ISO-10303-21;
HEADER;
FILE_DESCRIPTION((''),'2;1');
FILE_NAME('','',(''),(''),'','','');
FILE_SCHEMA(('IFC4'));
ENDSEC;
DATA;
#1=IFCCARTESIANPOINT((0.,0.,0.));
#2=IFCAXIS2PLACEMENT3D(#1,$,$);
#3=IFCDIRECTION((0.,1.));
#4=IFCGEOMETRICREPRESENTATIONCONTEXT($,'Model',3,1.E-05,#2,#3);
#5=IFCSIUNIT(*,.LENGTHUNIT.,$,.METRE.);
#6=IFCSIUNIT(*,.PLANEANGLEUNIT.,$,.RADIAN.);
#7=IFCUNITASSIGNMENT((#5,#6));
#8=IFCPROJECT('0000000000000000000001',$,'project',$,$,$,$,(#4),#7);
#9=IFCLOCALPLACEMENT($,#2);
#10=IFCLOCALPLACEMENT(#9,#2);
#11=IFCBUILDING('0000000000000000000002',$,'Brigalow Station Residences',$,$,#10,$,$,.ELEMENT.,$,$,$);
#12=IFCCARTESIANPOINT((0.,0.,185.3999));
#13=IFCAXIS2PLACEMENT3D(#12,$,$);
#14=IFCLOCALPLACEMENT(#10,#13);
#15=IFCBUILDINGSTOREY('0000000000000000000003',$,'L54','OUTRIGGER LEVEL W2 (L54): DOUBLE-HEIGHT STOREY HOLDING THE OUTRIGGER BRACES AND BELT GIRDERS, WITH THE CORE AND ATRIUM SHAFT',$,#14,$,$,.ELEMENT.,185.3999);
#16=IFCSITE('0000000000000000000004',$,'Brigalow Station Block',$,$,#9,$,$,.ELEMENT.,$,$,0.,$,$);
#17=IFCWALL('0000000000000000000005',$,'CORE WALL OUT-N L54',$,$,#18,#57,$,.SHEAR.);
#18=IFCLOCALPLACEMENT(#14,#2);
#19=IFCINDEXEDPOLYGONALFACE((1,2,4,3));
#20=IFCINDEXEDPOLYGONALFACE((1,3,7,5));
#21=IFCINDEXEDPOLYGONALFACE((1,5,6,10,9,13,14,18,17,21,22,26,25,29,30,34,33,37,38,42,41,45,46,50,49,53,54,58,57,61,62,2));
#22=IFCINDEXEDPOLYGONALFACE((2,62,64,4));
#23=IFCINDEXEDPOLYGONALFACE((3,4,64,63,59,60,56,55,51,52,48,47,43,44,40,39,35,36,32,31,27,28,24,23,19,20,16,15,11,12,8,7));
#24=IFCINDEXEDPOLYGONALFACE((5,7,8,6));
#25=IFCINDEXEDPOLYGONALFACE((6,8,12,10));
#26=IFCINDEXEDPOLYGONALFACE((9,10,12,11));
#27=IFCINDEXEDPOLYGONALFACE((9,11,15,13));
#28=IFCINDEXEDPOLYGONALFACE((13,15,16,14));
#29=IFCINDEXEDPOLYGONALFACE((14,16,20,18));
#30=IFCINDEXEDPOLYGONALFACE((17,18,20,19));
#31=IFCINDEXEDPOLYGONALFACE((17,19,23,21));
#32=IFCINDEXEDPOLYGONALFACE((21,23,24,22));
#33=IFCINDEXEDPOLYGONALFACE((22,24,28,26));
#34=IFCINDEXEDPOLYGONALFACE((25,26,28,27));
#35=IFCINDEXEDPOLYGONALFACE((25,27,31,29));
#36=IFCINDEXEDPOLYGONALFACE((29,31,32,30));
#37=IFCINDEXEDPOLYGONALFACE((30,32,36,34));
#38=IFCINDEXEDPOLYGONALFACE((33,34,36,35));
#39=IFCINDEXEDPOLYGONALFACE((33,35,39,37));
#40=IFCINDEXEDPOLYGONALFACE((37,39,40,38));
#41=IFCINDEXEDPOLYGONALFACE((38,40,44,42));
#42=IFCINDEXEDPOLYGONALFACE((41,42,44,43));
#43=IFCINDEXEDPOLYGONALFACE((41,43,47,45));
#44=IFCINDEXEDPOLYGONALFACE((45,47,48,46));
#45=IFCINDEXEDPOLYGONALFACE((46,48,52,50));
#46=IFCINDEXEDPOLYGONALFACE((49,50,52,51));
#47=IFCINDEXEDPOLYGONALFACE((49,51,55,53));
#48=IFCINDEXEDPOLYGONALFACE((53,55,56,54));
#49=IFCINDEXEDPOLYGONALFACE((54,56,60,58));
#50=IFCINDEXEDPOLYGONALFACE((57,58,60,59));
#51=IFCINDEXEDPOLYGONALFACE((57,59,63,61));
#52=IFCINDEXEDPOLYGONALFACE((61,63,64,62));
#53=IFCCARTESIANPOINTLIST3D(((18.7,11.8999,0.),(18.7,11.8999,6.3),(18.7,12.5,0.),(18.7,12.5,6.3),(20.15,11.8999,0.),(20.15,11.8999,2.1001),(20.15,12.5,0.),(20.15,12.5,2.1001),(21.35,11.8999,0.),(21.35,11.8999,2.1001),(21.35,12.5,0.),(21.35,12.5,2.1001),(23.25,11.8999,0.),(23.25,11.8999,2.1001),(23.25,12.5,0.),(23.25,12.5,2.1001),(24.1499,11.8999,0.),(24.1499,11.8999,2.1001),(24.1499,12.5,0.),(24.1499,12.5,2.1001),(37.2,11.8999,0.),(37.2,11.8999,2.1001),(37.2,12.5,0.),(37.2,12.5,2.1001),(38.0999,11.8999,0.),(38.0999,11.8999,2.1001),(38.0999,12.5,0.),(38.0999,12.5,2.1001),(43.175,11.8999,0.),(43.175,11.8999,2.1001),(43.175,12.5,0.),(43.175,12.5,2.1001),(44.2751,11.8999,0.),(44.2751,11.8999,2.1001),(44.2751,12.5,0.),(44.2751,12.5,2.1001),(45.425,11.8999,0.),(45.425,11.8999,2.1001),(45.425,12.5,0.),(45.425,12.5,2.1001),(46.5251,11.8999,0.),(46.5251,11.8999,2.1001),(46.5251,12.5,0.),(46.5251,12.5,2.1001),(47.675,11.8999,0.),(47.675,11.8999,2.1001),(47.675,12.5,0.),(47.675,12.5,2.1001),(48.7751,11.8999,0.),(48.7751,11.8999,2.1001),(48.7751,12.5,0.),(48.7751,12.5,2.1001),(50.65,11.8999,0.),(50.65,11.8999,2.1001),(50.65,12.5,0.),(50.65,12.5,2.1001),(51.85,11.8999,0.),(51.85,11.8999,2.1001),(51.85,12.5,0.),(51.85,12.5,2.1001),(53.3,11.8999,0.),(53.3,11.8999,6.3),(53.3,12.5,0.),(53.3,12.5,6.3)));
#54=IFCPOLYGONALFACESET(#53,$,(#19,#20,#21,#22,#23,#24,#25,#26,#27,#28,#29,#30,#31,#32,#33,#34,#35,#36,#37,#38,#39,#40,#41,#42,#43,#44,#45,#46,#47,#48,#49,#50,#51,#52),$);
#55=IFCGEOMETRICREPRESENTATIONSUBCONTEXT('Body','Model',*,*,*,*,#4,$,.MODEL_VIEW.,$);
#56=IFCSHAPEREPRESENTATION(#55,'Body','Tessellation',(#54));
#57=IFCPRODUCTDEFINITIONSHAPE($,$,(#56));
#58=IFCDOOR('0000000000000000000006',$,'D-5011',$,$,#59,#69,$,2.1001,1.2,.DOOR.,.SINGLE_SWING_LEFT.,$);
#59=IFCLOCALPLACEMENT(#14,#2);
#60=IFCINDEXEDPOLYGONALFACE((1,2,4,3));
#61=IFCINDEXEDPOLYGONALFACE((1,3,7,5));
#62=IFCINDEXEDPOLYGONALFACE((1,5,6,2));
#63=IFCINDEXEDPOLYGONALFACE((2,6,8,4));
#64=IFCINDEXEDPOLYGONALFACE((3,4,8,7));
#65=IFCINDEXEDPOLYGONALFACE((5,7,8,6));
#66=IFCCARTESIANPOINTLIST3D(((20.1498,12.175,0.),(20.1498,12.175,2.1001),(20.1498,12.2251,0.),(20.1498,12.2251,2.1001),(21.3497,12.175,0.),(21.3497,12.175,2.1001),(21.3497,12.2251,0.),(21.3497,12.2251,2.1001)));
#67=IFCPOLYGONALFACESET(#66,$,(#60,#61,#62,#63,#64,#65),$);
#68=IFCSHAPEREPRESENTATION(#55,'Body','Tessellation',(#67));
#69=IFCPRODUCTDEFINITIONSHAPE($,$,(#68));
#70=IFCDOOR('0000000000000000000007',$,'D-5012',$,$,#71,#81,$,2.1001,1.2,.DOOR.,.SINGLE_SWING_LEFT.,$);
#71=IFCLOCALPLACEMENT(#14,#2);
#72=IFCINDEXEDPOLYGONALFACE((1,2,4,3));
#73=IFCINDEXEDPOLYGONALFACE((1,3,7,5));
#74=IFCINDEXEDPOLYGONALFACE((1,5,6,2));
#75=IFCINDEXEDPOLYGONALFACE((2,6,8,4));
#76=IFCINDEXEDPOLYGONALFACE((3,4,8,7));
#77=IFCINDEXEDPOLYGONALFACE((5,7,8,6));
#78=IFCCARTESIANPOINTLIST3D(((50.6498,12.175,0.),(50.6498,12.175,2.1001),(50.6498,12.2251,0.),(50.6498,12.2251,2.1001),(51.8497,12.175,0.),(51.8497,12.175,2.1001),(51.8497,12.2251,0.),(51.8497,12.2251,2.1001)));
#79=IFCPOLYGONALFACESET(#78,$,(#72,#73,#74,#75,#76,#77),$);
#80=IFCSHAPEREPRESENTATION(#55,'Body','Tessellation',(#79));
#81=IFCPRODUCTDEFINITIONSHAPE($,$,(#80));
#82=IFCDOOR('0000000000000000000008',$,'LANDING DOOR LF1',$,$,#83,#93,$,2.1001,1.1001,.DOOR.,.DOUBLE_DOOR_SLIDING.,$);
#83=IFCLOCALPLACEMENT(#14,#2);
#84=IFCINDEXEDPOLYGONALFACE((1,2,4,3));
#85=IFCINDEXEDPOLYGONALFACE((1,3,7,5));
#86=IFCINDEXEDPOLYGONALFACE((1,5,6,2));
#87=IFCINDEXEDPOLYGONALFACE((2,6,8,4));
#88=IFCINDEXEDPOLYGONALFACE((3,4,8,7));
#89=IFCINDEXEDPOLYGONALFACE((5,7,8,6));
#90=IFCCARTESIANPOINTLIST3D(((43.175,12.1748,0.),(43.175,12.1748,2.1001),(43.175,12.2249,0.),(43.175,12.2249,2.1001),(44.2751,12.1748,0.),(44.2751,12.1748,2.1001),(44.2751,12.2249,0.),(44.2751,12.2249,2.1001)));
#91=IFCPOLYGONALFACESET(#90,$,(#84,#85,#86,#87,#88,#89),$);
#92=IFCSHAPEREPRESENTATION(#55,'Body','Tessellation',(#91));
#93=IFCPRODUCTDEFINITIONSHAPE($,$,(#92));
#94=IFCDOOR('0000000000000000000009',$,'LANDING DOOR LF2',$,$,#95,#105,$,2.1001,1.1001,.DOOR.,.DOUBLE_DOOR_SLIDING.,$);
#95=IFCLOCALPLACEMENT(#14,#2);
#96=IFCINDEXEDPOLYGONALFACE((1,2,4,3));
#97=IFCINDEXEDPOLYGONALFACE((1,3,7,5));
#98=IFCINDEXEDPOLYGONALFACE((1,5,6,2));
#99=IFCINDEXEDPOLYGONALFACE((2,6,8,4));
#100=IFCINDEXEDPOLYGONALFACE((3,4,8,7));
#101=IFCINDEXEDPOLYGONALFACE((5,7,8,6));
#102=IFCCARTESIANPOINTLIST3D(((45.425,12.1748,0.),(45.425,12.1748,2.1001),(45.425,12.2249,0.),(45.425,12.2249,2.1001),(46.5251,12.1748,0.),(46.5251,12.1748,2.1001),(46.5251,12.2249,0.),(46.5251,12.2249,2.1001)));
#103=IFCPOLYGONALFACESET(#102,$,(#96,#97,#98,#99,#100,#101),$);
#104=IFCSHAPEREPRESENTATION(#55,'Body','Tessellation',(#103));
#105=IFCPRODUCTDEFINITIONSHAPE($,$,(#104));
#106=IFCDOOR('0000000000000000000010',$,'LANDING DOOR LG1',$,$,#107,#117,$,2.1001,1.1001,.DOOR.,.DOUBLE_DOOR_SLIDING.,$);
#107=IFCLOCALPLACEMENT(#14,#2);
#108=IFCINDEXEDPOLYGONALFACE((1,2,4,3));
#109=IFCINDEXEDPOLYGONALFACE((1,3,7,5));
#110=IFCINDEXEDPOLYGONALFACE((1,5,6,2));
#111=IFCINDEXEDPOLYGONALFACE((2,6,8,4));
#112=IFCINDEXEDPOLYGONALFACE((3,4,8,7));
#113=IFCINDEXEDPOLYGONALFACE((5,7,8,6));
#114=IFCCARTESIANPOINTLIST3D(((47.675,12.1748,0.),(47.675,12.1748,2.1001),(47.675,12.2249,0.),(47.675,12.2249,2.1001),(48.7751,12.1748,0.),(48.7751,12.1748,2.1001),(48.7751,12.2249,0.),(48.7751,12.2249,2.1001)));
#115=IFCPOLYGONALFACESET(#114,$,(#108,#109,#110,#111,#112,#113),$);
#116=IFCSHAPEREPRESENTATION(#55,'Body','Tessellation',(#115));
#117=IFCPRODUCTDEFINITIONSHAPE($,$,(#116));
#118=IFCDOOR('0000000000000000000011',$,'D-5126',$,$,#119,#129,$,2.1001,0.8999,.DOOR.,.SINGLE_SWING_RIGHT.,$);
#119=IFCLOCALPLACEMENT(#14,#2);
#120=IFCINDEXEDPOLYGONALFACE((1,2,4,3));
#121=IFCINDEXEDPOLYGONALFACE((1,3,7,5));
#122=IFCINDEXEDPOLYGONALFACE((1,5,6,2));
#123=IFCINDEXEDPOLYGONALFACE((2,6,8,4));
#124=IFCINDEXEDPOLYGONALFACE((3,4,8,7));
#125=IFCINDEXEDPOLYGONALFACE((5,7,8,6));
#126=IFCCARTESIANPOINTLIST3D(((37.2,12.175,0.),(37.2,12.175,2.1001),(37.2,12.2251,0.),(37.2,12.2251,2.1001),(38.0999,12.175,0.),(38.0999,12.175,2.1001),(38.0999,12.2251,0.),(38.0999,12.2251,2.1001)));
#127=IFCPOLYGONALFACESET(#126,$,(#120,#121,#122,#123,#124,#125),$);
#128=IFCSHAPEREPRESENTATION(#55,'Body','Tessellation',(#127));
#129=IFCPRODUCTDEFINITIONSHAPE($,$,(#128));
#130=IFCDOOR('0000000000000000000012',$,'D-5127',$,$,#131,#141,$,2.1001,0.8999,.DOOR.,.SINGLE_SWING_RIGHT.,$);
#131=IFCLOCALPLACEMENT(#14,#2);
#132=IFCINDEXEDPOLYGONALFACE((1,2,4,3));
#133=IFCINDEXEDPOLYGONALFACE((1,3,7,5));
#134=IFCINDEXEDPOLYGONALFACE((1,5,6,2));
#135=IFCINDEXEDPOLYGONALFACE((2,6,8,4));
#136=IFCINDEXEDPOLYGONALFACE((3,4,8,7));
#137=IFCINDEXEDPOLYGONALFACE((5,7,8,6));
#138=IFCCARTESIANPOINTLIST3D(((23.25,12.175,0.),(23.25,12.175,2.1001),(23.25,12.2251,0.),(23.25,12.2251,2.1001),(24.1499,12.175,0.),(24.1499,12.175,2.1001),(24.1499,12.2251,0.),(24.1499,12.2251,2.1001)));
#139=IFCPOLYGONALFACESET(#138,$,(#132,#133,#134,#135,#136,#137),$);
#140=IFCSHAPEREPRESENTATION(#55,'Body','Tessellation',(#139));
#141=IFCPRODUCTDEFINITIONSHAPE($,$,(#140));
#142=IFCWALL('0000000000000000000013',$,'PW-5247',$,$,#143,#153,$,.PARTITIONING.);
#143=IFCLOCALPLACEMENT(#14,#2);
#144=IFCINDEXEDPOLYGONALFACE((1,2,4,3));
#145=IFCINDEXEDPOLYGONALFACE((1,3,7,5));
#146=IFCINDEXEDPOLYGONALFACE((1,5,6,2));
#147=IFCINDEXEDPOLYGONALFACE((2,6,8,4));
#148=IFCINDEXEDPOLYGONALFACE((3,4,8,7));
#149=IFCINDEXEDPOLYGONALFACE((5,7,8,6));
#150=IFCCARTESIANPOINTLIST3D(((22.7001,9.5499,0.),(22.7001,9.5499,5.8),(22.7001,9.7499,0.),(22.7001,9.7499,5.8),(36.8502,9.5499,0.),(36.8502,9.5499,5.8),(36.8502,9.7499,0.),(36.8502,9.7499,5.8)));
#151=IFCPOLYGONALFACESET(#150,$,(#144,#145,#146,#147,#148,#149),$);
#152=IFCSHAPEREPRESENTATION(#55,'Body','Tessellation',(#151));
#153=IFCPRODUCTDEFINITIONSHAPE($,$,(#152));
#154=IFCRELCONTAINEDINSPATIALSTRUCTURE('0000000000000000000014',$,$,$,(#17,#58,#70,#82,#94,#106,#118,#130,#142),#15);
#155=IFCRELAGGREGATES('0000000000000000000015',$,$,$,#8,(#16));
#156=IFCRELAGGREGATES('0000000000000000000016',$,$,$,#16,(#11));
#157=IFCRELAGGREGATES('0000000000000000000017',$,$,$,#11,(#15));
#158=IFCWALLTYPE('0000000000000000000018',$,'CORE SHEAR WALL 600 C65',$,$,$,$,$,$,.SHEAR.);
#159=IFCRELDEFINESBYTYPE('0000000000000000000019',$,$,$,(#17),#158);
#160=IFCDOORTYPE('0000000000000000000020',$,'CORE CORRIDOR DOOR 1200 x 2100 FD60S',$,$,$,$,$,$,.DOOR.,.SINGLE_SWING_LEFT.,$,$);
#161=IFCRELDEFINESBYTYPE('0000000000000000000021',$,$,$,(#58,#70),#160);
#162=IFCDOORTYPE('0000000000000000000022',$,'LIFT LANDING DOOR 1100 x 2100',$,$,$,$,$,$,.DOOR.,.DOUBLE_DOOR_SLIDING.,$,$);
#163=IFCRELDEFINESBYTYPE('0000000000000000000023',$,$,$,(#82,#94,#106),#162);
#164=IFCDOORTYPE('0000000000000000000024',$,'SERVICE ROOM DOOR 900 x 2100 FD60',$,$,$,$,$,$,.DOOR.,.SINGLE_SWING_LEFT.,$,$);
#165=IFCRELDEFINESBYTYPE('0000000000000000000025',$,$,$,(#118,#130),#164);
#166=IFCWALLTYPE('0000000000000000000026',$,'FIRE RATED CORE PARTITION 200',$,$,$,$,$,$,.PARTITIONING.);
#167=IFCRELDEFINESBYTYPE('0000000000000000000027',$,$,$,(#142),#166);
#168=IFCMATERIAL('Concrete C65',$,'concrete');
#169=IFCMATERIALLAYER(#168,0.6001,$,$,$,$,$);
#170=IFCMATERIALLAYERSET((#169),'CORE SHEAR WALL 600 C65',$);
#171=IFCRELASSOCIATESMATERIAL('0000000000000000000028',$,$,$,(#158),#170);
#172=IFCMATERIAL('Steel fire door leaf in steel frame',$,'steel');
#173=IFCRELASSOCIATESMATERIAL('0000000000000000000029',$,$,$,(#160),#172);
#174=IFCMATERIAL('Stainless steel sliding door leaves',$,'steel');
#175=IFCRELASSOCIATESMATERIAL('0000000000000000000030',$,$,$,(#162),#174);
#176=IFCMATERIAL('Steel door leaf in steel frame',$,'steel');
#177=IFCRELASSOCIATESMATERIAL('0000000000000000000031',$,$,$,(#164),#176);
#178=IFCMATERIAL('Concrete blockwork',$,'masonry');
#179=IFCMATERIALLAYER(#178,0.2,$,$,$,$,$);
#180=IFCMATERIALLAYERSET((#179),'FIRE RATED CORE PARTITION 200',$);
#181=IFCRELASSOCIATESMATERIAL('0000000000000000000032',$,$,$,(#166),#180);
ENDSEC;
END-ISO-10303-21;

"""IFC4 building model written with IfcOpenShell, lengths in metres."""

from ifc_helpers import new_model, si_unit, direction, frame, frame_2d, origin, place, context, subcontext, project, spatial, rectangle, extrude, material, layer, layer_set, type_object, element, fill, save


model = new_model("IFC4")

# Units and contexts
model_context = context("Model", 3, precision=1e-05, world=origin(), true_north=direction((0.0, 1.0)))
body_context = subcontext(model_context, "Body", "Model", "MODEL_VIEW")
ifc_project = project(units=[si_unit("LENGTHUNIT", "METRE"), si_unit("PLANEANGLEUNIT", "RADIAN")], contexts=[model_context])

# Site, building, storey
site_placement = place(None, origin())
site = spatial("IfcSite", under=ifc_project, at=site_placement, Name="Brigalow Station Block", CompositionType="ELEMENT", RefElevation=0.0)
building_placement = place(site_placement, origin())
building = spatial("IfcBuilding", under=site, at=building_placement, Name="Brigalow Station Residences", CompositionType="ELEMENT")
storey_placement = place(building_placement, frame((0.0, 0.0, 185.3999)))
storey = spatial("IfcBuildingStorey", under=building, at=storey_placement, Name="L54", Description="OUTRIGGER LEVEL W2 (L54): DOUBLE-HEIGHT STOREY HOLDING THE OUTRIGGER BRACES AND BELT GIRDERS, WITH THE CORE AND ATRIUM SHAFT", CompositionType="ELEMENT", Elevation=185.3999)

# Wall, openings, doors
ifc_material_1 = material(Name="Concrete C65", Category="concrete")
ifc_layer_1 = layer(ifc_material_1, 0.6001)
ifc_layer_set_1 = layer_set([ifc_layer_1], Name="CORE SHEAR WALL 600 C65")
wall_type_1 = type_object("IfcWallType", Name="CORE SHEAR WALL 600 C65", PredefinedType="SHEAR", material=ifc_layer_set_1)
wall_1_placement = place(storey_placement, frame((18.7, 12.2, 0.0), z_axis=(0.0, 0.0, 1.0), x_axis=(1.0, 0.0, 0.0)))
wall_1 = element("IfcWall", 1, at=wall_1_placement, inside=storey, type_object=wall_type_1, Name="CORE WALL OUT-N L54", PredefinedType="SHEAR", context=body_context, shape_type="SweptSolid", body=[
    extrude(rectangle(XDim=34.6001, YDim=0.6001, at=frame_2d((17.3, 0.0))), origin(), (0.0, 0.0, 1.0), 6.3),
])
opening_1_placement = place(wall_1_placement, frame((24.4751, 0.0, 0.0)))
opening_1 = element("IfcOpeningElement", 2, at=opening_1_placement, cuts=wall_1, PredefinedType="OPENING", context=body_context, shape_type="SweptSolid", body=[
    extrude(rectangle(XDim=1.1001, YDim=2.1001, at=frame_2d((0.55, 1.05))), frame((0.0, 0.3101, 0.0), z_axis=(0.0, -1.0, 0.0), x_axis=(1.0, 0.0, 0.0)), (0.0, 0.0, 1.0), 0.6201),
])
opening_2_placement = place(wall_1_placement, frame((26.7251, 0.0, 0.0)))
opening_2 = element("IfcOpeningElement", 3, at=opening_2_placement, cuts=wall_1, PredefinedType="OPENING", context=body_context, shape_type="SweptSolid", body=[
    extrude(rectangle(XDim=1.1001, YDim=2.1001, at=frame_2d((0.55, 1.05))), frame((0.0, 0.3101, 0.0), z_axis=(0.0, -1.0, 0.0), x_axis=(1.0, 0.0, 0.0)), (0.0, 0.0, 1.0), 0.6201),
])
opening_3_placement = place(wall_1_placement, frame((28.9751, 0.0, 0.0)))
opening_3 = element("IfcOpeningElement", 4, at=opening_3_placement, cuts=wall_1, PredefinedType="OPENING", context=body_context, shape_type="SweptSolid", body=[
    extrude(rectangle(XDim=1.1001, YDim=2.1001, at=frame_2d((0.55, 1.05))), frame((0.0, 0.3101, 0.0), z_axis=(0.0, -1.0, 0.0), x_axis=(1.0, 0.0, 0.0)), (0.0, 0.0, 1.0), 0.6201),
])
opening_4_placement = place(wall_1_placement, frame((18.5, 0.0, 0.0)))
opening_4 = element("IfcOpeningElement", 5, at=opening_4_placement, cuts=wall_1, PredefinedType="OPENING", context=body_context, shape_type="SweptSolid", body=[
    extrude(rectangle(XDim=0.8999, YDim=2.1001, at=frame_2d((0.45, 1.05))), frame((0.0, 0.3101, 0.0), z_axis=(0.0, -1.0, 0.0), x_axis=(1.0, 0.0, 0.0)), (0.0, 0.0, 1.0), 0.6201),
])
opening_5_placement = place(wall_1_placement, frame((4.55, 0.0, 0.0)))
opening_5 = element("IfcOpeningElement", 6, at=opening_5_placement, cuts=wall_1, PredefinedType="OPENING", context=body_context, shape_type="SweptSolid", body=[
    extrude(rectangle(XDim=0.8999, YDim=2.1001, at=frame_2d((0.45, 1.05))), frame((0.0, 0.3101, 0.0), z_axis=(0.0, -1.0, 0.0), x_axis=(1.0, 0.0, 0.0)), (0.0, 0.0, 1.0), 0.6201),
])
opening_6_placement = place(wall_1_placement, frame((1.45, 0.0, 0.0)))
opening_6 = element("IfcOpeningElement", 7, at=opening_6_placement, cuts=wall_1, PredefinedType="OPENING", context=body_context, shape_type="SweptSolid", body=[
    extrude(rectangle(XDim=1.2, YDim=2.1001, at=frame_2d((0.6001, 1.05))), frame((0.0, 0.3101, 0.0), z_axis=(0.0, -1.0, 0.0), x_axis=(1.0, 0.0, 0.0)), (0.0, 0.0, 1.0), 0.6201),
])
opening_7_placement = place(wall_1_placement, frame((31.95, 0.0, 0.0)))
opening_7 = element("IfcOpeningElement", 8, at=opening_7_placement, cuts=wall_1, PredefinedType="OPENING", context=body_context, shape_type="SweptSolid", body=[
    extrude(rectangle(XDim=1.2, YDim=2.1001, at=frame_2d((0.6001, 1.05))), frame((0.0, 0.3101, 0.0), z_axis=(0.0, -1.0, 0.0), x_axis=(1.0, 0.0, 0.0)), (0.0, 0.0, 1.0), 0.6201),
])
ifc_material_2 = material(Name="Steel fire door leaf in steel frame", Category="steel")
door_type_1 = type_object("IfcDoorType", Name="CORE CORRIDOR DOOR 1200 x 2100 FD60S", OperationType="SINGLE_SWING_LEFT", PredefinedType="DOOR", material=ifc_material_2)
door_1_placement = place(opening_6_placement, frame((1.2, 0.0, 0.0), z_axis=(0.0, 0.0, 1.0), x_axis=(-1.0, 0.0, 0.0)))
door_1 = element("IfcDoor", 9, at=door_1_placement, inside=storey, type_object=door_type_1, Name="D-5011", OperationType="SINGLE_SWING_LEFT", OverallHeight=2.1001, OverallWidth=1.2, PredefinedType="DOOR", context=body_context, shape_type="SweptSolid", body=[
    extrude(rectangle(XDim=1.2, YDim=2.1001, at=frame_2d((0.6001, 1.05))), frame((0.0, 0.0249, 0.0), z_axis=(0.0, -1.0, 0.0), x_axis=(1.0, 0.0, 0.0)), (0.0, 0.0, 1.0), 0.05),
])
fill(opening_6, door_1)
door_2_placement = place(opening_7_placement, frame((1.2, 0.0, 0.0), z_axis=(0.0, 0.0, 1.0), x_axis=(-1.0, 0.0, 0.0)))
door_2 = element("IfcDoor", 10, at=door_2_placement, inside=storey, type_object=door_type_1, Name="D-5012", OperationType="SINGLE_SWING_LEFT", OverallHeight=2.1001, OverallWidth=1.2, PredefinedType="DOOR", context=body_context, shape_type="SweptSolid", body=[
    extrude(rectangle(XDim=1.2, YDim=2.1001, at=frame_2d((0.6001, 1.05))), frame((0.0, 0.0249, 0.0), z_axis=(0.0, -1.0, 0.0), x_axis=(1.0, 0.0, 0.0)), (0.0, 0.0, 1.0), 0.05),
])
fill(opening_7, door_2)
ifc_material_3 = material(Name="Stainless steel sliding door leaves", Category="steel")
door_type_2 = type_object("IfcDoorType", Name="LIFT LANDING DOOR 1100 x 2100", OperationType="DOUBLE_DOOR_SLIDING", PredefinedType="DOOR", material=ifc_material_3)
door_3_placement = place(opening_1_placement, origin())
door_3 = element("IfcDoor", 11, at=door_3_placement, inside=storey, type_object=door_type_2, Name="LANDING DOOR LF1", OperationType="DOUBLE_DOOR_SLIDING", OverallHeight=2.1001, OverallWidth=1.1001, PredefinedType="DOOR", context=body_context, shape_type="SweptSolid", body=[
    extrude(rectangle(XDim=1.1001, YDim=2.1001, at=frame_2d((0.55, 1.05))), frame((0.0, 0.0249, 0.0), z_axis=(0.0, -1.0, 0.0), x_axis=(1.0, 0.0, 0.0)), (0.0, 0.0, 1.0), 0.05),
])
fill(opening_1, door_3)
door_4_placement = place(opening_2_placement, origin())
door_4 = element("IfcDoor", 12, at=door_4_placement, inside=storey, type_object=door_type_2, Name="LANDING DOOR LF2", OperationType="DOUBLE_DOOR_SLIDING", OverallHeight=2.1001, OverallWidth=1.1001, PredefinedType="DOOR", context=body_context, shape_type="SweptSolid", body=[
    extrude(rectangle(XDim=1.1001, YDim=2.1001, at=frame_2d((0.55, 1.05))), frame((0.0, 0.0249, 0.0), z_axis=(0.0, -1.0, 0.0), x_axis=(1.0, 0.0, 0.0)), (0.0, 0.0, 1.0), 0.05),
])
fill(opening_2, door_4)
door_5_placement = place(opening_3_placement, origin())
door_5 = element("IfcDoor", 13, at=door_5_placement, inside=storey, type_object=door_type_2, Name="LANDING DOOR LG1", OperationType="DOUBLE_DOOR_SLIDING", OverallHeight=2.1001, OverallWidth=1.1001, PredefinedType="DOOR", context=body_context, shape_type="SweptSolid", body=[
    extrude(rectangle(XDim=1.1001, YDim=2.1001, at=frame_2d((0.55, 1.05))), frame((0.0, 0.0249, 0.0), z_axis=(0.0, -1.0, 0.0), x_axis=(1.0, 0.0, 0.0)), (0.0, 0.0, 1.0), 0.05),
])
fill(opening_3, door_5)
ifc_material_4 = material(Name="Steel door leaf in steel frame", Category="steel")
door_type_3 = type_object("IfcDoorType", Name="SERVICE ROOM DOOR 900 x 2100 FD60", OperationType="SINGLE_SWING_LEFT", PredefinedType="DOOR", material=ifc_material_4)
door_6_placement = place(opening_4_placement, frame((0.8999, 0.0, 0.0), z_axis=(0.0, 0.0, 1.0), x_axis=(-1.0, 0.0, 0.0)))
door_6 = element("IfcDoor", 14, at=door_6_placement, inside=storey, type_object=door_type_3, Name="D-5126", OperationType="SINGLE_SWING_RIGHT", OverallHeight=2.1001, OverallWidth=0.8999, PredefinedType="DOOR", context=body_context, shape_type="SweptSolid", body=[
    extrude(rectangle(XDim=0.8999, YDim=2.1001, at=frame_2d((0.45, 1.05))), frame((0.0, 0.0249, 0.0), z_axis=(0.0, -1.0, 0.0), x_axis=(1.0, 0.0, 0.0)), (0.0, 0.0, 1.0), 0.05),
])
fill(opening_4, door_6)
door_7_placement = place(opening_5_placement, frame((0.8999, 0.0, 0.0), z_axis=(0.0, 0.0, 1.0), x_axis=(-1.0, 0.0, 0.0)))
door_7 = element("IfcDoor", 15, at=door_7_placement, inside=storey, type_object=door_type_3, Name="D-5127", OperationType="SINGLE_SWING_RIGHT", OverallHeight=2.1001, OverallWidth=0.8999, PredefinedType="DOOR", context=body_context, shape_type="SweptSolid", body=[
    extrude(rectangle(XDim=0.8999, YDim=2.1001, at=frame_2d((0.45, 1.05))), frame((0.0, 0.0249, 0.0), z_axis=(0.0, -1.0, 0.0), x_axis=(1.0, 0.0, 0.0)), (0.0, 0.0, 1.0), 0.05),
])
fill(opening_5, door_7)

# Wall
ifc_material_5 = material(Name="Concrete blockwork", Category="masonry")
ifc_layer_2 = layer(ifc_material_5, 0.2)
ifc_layer_set_2 = layer_set([ifc_layer_2], Name="FIRE RATED CORE PARTITION 200")
wall_type_2 = type_object("IfcWallType", Name="FIRE RATED CORE PARTITION 200", PredefinedType="PARTITIONING", material=ifc_layer_set_2)
wall_2_placement = place(storey_placement, frame((22.7, 9.6499, 0.0), z_axis=(0.0, 0.0, 1.0), x_axis=(1.0, 0.0, 0.0)))
element("IfcWall", 16, at=wall_2_placement, inside=storey, type_object=wall_type_2, Name="PW-5247", PredefinedType="PARTITIONING", context=body_context, shape_type="SweptSolid", body=[
    extrude(rectangle(XDim=14.1501, YDim=0.2, at=frame_2d((7.0752, 0.0))), origin(), (0.0, 0.0, 1.0), 5.8),
])

save(model, "model.ifc")
